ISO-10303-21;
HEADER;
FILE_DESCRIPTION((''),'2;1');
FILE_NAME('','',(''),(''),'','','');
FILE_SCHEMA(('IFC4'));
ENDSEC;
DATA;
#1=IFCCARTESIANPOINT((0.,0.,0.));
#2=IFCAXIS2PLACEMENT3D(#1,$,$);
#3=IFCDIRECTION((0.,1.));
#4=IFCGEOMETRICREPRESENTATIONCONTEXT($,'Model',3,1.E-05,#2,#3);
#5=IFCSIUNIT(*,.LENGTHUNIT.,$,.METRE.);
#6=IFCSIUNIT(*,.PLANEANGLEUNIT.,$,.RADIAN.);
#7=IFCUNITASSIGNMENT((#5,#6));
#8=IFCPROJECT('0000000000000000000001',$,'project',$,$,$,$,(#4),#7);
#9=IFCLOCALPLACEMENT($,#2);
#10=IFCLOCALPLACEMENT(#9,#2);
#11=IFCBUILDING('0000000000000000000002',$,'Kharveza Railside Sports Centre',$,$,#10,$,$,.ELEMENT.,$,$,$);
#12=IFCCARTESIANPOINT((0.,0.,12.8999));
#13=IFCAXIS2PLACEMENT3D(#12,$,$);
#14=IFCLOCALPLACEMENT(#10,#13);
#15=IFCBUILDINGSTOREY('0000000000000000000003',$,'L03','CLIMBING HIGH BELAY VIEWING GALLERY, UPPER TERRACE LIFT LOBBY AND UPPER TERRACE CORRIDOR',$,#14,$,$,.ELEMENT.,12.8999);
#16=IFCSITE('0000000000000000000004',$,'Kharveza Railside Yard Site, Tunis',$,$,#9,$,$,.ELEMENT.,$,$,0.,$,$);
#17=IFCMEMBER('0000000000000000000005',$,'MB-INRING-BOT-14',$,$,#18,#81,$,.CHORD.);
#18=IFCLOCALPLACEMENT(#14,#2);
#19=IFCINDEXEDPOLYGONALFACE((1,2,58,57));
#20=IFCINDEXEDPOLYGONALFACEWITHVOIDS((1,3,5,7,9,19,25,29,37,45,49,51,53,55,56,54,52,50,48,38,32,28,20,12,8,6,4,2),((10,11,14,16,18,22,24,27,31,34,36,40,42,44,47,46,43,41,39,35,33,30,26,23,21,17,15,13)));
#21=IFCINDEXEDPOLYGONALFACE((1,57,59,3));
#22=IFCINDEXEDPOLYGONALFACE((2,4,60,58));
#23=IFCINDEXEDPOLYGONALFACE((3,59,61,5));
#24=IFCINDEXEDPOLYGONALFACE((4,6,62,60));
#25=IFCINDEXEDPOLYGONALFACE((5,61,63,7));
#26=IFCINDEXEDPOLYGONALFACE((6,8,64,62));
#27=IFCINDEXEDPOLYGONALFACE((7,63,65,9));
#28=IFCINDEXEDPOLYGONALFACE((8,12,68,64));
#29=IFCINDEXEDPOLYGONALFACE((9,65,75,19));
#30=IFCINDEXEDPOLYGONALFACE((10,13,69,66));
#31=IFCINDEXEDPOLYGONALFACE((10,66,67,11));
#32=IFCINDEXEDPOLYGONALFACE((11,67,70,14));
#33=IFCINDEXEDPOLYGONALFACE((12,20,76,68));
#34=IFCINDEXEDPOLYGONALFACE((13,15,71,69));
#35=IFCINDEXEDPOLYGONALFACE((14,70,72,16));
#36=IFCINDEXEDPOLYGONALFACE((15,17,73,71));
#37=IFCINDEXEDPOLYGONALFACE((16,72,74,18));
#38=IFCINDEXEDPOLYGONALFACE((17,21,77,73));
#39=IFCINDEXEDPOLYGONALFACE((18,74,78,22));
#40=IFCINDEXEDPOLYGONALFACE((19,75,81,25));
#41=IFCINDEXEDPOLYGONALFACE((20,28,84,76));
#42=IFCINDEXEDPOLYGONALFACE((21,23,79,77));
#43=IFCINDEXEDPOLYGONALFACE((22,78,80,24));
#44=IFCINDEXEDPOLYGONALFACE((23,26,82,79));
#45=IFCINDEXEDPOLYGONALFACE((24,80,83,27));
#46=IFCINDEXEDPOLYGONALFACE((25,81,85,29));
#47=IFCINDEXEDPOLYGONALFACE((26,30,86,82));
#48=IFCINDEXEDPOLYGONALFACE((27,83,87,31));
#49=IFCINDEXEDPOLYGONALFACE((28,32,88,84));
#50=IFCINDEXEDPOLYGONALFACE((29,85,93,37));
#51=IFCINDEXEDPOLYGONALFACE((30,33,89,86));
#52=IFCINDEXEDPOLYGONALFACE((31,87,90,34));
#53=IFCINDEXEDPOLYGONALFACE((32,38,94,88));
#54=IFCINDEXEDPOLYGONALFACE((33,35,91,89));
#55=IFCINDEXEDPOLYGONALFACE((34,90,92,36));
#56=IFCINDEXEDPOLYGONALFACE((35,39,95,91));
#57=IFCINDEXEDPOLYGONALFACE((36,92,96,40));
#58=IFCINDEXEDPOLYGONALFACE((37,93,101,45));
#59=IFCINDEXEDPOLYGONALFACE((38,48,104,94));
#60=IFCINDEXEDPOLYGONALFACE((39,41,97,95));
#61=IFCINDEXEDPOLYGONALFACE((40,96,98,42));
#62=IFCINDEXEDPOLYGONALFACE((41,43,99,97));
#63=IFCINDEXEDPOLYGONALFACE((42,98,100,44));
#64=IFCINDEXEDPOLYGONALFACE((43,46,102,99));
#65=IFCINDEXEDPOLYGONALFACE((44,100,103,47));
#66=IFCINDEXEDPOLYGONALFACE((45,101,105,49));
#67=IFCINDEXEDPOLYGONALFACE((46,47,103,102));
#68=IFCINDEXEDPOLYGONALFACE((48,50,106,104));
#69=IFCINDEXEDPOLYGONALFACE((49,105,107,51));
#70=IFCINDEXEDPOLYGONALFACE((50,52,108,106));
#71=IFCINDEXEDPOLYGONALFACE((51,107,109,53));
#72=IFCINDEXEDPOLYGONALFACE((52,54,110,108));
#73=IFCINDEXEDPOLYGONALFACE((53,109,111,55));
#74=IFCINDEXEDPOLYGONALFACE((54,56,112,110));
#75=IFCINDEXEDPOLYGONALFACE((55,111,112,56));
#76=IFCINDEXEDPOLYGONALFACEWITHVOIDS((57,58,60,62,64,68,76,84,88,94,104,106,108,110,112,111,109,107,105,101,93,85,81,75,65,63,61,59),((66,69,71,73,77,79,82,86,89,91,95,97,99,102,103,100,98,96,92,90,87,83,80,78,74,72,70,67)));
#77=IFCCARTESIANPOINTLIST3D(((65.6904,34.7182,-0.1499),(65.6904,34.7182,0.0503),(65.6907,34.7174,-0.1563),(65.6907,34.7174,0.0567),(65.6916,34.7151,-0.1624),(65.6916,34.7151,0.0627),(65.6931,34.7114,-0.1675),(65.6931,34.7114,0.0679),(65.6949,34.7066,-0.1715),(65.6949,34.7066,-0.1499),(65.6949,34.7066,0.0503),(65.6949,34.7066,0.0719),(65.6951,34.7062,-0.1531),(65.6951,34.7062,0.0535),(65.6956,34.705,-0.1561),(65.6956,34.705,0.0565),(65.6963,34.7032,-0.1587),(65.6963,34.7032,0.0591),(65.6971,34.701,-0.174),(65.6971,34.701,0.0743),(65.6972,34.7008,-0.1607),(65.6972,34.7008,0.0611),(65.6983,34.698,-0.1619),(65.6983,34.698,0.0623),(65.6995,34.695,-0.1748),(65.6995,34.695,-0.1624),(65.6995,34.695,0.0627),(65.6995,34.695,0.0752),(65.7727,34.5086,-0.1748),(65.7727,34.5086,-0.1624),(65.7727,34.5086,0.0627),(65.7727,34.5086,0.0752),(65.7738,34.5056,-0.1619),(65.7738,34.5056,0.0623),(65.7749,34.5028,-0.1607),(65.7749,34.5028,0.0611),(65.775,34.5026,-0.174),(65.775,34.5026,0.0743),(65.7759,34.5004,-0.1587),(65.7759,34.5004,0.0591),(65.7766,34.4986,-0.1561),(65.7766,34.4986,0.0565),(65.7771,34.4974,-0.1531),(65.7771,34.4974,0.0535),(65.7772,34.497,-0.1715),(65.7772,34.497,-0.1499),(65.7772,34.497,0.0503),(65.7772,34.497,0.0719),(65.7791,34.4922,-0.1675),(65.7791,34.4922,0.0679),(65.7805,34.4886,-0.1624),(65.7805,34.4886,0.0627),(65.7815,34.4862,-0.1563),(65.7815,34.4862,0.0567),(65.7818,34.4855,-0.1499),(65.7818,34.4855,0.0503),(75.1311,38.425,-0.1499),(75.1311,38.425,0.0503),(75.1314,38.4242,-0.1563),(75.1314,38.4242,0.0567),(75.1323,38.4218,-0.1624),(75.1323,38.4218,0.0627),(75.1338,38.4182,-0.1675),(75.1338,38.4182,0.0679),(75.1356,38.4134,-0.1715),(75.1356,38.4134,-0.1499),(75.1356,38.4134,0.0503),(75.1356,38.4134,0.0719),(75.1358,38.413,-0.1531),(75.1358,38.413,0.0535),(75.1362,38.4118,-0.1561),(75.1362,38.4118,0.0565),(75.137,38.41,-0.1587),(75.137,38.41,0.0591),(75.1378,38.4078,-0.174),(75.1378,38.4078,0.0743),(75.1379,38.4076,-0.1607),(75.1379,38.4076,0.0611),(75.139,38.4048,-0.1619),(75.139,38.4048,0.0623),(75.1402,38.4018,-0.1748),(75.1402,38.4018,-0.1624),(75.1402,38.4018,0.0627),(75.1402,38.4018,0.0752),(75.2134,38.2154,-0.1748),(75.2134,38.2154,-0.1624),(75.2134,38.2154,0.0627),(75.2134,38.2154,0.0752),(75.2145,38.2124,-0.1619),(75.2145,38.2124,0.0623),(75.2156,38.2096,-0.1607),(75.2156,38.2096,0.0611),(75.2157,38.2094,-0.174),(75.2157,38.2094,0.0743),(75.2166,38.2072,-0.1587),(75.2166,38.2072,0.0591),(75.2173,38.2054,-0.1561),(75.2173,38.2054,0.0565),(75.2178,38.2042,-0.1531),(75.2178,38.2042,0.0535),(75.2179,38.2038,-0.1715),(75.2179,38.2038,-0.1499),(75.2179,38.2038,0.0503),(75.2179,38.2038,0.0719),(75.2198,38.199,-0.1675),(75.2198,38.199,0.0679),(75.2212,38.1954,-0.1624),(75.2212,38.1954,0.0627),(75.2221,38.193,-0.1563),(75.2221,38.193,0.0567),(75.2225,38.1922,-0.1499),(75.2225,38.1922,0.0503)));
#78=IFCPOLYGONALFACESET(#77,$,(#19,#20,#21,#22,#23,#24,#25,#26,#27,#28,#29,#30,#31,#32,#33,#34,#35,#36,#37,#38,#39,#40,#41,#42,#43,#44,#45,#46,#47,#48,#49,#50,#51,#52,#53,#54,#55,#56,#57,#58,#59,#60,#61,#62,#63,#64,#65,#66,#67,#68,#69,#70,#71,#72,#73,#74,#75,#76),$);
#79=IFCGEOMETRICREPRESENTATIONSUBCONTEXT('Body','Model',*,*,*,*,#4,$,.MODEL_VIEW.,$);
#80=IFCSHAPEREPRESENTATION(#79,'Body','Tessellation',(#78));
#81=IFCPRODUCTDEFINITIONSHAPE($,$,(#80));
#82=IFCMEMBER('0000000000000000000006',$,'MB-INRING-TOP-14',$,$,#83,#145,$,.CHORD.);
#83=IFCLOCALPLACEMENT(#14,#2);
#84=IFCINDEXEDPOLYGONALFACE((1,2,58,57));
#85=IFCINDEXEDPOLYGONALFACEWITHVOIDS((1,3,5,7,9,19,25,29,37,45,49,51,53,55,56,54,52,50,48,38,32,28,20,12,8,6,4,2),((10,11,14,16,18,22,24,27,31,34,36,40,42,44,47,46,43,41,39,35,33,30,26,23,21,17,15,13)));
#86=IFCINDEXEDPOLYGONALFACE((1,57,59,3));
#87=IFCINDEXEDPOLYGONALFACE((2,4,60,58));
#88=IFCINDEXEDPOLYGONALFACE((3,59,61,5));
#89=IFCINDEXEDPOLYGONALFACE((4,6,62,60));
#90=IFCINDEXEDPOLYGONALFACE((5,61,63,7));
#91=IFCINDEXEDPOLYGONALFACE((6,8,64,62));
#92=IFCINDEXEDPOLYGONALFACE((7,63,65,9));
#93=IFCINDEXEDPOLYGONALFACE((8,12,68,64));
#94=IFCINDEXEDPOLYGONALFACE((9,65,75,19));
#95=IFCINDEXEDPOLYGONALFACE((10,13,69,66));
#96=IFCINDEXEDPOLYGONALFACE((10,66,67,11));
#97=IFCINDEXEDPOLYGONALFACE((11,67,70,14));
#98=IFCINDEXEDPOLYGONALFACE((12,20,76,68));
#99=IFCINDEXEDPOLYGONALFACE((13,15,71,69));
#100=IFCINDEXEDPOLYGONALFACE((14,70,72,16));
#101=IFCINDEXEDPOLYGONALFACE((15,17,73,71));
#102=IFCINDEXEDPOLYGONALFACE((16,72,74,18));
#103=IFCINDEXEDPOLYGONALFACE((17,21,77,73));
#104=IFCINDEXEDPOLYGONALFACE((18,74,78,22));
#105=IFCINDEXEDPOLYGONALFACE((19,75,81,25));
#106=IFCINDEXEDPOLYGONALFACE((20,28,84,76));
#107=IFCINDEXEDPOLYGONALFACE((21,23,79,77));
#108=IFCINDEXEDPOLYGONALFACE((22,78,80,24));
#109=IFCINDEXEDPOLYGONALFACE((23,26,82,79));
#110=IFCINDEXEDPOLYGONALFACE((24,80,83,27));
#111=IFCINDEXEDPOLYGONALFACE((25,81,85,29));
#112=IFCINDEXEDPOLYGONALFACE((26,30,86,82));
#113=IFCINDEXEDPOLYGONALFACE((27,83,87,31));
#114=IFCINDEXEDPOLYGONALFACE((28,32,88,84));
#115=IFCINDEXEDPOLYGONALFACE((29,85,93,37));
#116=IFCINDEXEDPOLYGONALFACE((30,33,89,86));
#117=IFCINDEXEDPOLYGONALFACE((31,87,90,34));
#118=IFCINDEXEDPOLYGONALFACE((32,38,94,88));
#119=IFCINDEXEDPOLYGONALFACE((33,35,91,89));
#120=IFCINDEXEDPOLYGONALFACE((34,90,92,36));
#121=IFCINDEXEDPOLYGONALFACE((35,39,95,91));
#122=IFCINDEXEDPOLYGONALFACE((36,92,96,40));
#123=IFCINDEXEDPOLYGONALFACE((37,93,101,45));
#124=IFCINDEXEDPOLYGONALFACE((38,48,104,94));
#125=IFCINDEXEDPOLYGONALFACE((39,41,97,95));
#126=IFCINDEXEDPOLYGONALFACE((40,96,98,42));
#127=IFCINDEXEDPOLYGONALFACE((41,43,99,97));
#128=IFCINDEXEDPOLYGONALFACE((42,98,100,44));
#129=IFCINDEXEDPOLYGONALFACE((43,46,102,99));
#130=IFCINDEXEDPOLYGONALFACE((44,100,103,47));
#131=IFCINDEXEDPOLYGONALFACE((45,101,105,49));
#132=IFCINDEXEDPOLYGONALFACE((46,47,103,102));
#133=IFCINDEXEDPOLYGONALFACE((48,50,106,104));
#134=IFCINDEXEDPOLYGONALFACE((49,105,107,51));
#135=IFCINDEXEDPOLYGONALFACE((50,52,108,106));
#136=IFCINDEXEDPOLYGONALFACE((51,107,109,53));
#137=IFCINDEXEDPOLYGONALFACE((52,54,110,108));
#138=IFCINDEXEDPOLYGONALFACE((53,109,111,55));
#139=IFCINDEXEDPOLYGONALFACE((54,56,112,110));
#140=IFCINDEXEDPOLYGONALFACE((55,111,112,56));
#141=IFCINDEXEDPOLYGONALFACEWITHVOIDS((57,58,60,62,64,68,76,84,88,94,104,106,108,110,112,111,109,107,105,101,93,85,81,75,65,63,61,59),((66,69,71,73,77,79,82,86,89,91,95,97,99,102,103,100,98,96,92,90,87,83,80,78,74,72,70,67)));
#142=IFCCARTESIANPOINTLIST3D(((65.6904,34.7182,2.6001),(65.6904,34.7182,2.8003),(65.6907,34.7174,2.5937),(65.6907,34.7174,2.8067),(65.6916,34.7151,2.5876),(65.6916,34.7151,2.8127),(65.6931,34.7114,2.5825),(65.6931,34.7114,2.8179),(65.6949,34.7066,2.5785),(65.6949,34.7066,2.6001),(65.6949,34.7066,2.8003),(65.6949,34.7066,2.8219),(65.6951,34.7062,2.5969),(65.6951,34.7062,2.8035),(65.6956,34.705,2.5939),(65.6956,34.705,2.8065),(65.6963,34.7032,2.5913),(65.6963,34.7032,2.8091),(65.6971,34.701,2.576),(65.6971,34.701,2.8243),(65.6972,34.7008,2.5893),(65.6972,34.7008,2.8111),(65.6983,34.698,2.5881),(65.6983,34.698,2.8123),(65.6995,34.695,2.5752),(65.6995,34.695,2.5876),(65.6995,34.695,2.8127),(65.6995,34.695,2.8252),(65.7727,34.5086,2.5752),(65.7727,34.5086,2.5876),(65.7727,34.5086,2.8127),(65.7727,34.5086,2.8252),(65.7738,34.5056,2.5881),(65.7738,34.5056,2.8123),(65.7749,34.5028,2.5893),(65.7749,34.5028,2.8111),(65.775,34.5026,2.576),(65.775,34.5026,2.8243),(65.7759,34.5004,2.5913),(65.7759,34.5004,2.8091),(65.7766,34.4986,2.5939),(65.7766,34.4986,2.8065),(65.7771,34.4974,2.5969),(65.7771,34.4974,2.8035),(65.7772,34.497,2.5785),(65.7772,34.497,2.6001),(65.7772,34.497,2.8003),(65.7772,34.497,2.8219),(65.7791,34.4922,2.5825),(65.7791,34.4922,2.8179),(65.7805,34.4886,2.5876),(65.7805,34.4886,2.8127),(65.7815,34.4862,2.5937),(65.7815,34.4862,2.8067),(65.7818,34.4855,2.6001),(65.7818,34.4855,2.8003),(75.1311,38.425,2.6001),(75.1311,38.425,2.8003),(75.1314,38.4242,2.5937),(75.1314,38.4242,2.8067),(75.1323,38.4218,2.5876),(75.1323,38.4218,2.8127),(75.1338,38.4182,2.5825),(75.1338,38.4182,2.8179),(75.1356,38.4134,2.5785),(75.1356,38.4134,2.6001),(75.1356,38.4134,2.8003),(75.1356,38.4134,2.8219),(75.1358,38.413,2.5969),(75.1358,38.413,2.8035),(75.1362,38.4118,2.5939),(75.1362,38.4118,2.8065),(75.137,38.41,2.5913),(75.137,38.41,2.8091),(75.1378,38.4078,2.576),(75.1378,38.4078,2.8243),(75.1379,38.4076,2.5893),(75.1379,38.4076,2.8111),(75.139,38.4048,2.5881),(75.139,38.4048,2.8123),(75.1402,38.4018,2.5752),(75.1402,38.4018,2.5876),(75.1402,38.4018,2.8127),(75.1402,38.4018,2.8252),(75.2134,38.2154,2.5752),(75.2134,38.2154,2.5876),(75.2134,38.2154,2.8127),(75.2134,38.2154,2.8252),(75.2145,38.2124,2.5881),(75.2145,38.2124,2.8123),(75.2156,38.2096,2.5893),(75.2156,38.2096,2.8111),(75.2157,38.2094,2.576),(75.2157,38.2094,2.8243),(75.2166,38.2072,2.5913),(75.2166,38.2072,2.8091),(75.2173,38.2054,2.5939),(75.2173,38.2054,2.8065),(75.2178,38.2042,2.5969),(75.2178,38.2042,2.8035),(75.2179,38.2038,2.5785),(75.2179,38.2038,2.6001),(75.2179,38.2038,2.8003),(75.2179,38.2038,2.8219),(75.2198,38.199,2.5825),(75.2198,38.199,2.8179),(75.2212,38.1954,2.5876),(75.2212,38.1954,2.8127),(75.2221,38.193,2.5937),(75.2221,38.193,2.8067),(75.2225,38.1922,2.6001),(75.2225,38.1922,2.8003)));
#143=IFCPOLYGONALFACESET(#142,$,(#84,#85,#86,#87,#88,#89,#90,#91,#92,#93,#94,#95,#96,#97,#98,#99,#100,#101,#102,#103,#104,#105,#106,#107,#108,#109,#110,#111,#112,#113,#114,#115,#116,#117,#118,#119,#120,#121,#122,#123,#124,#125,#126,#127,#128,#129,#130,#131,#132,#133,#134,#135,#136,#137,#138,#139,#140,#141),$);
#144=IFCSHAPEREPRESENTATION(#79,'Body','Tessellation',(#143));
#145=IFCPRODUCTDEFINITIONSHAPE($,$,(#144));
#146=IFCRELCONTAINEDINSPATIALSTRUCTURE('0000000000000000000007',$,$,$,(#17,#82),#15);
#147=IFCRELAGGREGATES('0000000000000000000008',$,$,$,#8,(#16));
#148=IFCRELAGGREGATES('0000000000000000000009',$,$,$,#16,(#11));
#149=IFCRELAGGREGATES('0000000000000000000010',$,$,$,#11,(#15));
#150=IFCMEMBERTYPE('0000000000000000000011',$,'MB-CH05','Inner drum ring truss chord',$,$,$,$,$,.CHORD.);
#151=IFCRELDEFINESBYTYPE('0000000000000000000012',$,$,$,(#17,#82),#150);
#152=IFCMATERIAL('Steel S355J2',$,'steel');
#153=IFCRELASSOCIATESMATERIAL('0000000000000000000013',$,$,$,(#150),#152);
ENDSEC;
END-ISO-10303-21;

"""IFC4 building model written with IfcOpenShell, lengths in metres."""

from ifc_helpers import new_model, si_unit, direction, frame, origin, origin_2d, place, context, subcontext, project, spatial, hollow_rectangle, extrude, material, material_profile, profile_set, type_object, element, save


model = new_model("IFC4")

# Units and contexts
model_context = context("Model", 3, precision=1e-05, world=origin(), true_north=direction((0.0, 1.0)))
body_context = subcontext(model_context, "Body", "Model", "MODEL_VIEW")
ifc_project = project(units=[si_unit("LENGTHUNIT", "METRE"), si_unit("PLANEANGLEUNIT", "RADIAN")], contexts=[model_context])

# Site, building, storey
site_placement = place(None, origin())
site = spatial("IfcSite", under=ifc_project, at=site_placement, Name="Kharveza Railside Yard Site, Tunis", CompositionType="ELEMENT", RefElevation=0.0)
building_placement = place(site_placement, origin())
building = spatial("IfcBuilding", under=site, at=building_placement, Name="Kharveza Railside Sports Centre", CompositionType="ELEMENT")
storey_placement = place(building_placement, frame((0.0, 0.0, 12.8999)))
storey = spatial("IfcBuildingStorey", under=building, at=storey_placement, Name="L03", Description="CLIMBING HIGH BELAY VIEWING GALLERY, UPPER TERRACE LIFT LOBBY AND UPPER TERRACE CORRIDOR", CompositionType="ELEMENT", Elevation=12.8999)

# Members
ifc_material = material(Name="Steel S355J2", Category="steel")
ifc_material_profile_1 = material_profile(ifc_material, hollow_rectangle(XDim=0.25, YDim=0.25, WallThickness=0.0125, InnerFilletRadius=0.0125, OuterFilletRadius=0.0249, at=origin_2d()), Name="SHS 250x250x12.5")
ifc_profile_set_1 = profile_set([ifc_material_profile_1], Name="Steel S355J2")
member_type_1 = type_object("IfcMemberType", Name="MB-CH05", Description="Inner drum ring truss chord", PredefinedType="CHORD", material=ifc_profile_set_1)
for number, where, z_axis, x_axis, name in (
    (1, (65.7361, 34.6018, -0.0498), (0.93082, 0.365477, 0.0), (-0.365477, 0.93082, 0.0), "MB-INRING-BOT-14"),
    (2, (65.7361, 34.6018, 2.7002), (0.93082, 0.365477, 0.0), (-0.365477, 0.93082, 0.0), "MB-INRING-TOP-14"),
):
    element("IfcMember", number, at=place(storey_placement, frame(where, z_axis=z_axis, x_axis=x_axis)), inside=storey, type_object=member_type_1, Name=name, PredefinedType="CHORD", context=body_context, shape_type="SweptSolid", body=[
        extrude(hollow_rectangle(XDim=0.25, YDim=0.25, WallThickness=0.0125, InnerFilletRadius=0.0125, OuterFilletRadius=0.0249, at=origin_2d()), origin(), (0.0, 0.0, 1.0), 10.1423),
    ])

save(model, "model.ifc")
